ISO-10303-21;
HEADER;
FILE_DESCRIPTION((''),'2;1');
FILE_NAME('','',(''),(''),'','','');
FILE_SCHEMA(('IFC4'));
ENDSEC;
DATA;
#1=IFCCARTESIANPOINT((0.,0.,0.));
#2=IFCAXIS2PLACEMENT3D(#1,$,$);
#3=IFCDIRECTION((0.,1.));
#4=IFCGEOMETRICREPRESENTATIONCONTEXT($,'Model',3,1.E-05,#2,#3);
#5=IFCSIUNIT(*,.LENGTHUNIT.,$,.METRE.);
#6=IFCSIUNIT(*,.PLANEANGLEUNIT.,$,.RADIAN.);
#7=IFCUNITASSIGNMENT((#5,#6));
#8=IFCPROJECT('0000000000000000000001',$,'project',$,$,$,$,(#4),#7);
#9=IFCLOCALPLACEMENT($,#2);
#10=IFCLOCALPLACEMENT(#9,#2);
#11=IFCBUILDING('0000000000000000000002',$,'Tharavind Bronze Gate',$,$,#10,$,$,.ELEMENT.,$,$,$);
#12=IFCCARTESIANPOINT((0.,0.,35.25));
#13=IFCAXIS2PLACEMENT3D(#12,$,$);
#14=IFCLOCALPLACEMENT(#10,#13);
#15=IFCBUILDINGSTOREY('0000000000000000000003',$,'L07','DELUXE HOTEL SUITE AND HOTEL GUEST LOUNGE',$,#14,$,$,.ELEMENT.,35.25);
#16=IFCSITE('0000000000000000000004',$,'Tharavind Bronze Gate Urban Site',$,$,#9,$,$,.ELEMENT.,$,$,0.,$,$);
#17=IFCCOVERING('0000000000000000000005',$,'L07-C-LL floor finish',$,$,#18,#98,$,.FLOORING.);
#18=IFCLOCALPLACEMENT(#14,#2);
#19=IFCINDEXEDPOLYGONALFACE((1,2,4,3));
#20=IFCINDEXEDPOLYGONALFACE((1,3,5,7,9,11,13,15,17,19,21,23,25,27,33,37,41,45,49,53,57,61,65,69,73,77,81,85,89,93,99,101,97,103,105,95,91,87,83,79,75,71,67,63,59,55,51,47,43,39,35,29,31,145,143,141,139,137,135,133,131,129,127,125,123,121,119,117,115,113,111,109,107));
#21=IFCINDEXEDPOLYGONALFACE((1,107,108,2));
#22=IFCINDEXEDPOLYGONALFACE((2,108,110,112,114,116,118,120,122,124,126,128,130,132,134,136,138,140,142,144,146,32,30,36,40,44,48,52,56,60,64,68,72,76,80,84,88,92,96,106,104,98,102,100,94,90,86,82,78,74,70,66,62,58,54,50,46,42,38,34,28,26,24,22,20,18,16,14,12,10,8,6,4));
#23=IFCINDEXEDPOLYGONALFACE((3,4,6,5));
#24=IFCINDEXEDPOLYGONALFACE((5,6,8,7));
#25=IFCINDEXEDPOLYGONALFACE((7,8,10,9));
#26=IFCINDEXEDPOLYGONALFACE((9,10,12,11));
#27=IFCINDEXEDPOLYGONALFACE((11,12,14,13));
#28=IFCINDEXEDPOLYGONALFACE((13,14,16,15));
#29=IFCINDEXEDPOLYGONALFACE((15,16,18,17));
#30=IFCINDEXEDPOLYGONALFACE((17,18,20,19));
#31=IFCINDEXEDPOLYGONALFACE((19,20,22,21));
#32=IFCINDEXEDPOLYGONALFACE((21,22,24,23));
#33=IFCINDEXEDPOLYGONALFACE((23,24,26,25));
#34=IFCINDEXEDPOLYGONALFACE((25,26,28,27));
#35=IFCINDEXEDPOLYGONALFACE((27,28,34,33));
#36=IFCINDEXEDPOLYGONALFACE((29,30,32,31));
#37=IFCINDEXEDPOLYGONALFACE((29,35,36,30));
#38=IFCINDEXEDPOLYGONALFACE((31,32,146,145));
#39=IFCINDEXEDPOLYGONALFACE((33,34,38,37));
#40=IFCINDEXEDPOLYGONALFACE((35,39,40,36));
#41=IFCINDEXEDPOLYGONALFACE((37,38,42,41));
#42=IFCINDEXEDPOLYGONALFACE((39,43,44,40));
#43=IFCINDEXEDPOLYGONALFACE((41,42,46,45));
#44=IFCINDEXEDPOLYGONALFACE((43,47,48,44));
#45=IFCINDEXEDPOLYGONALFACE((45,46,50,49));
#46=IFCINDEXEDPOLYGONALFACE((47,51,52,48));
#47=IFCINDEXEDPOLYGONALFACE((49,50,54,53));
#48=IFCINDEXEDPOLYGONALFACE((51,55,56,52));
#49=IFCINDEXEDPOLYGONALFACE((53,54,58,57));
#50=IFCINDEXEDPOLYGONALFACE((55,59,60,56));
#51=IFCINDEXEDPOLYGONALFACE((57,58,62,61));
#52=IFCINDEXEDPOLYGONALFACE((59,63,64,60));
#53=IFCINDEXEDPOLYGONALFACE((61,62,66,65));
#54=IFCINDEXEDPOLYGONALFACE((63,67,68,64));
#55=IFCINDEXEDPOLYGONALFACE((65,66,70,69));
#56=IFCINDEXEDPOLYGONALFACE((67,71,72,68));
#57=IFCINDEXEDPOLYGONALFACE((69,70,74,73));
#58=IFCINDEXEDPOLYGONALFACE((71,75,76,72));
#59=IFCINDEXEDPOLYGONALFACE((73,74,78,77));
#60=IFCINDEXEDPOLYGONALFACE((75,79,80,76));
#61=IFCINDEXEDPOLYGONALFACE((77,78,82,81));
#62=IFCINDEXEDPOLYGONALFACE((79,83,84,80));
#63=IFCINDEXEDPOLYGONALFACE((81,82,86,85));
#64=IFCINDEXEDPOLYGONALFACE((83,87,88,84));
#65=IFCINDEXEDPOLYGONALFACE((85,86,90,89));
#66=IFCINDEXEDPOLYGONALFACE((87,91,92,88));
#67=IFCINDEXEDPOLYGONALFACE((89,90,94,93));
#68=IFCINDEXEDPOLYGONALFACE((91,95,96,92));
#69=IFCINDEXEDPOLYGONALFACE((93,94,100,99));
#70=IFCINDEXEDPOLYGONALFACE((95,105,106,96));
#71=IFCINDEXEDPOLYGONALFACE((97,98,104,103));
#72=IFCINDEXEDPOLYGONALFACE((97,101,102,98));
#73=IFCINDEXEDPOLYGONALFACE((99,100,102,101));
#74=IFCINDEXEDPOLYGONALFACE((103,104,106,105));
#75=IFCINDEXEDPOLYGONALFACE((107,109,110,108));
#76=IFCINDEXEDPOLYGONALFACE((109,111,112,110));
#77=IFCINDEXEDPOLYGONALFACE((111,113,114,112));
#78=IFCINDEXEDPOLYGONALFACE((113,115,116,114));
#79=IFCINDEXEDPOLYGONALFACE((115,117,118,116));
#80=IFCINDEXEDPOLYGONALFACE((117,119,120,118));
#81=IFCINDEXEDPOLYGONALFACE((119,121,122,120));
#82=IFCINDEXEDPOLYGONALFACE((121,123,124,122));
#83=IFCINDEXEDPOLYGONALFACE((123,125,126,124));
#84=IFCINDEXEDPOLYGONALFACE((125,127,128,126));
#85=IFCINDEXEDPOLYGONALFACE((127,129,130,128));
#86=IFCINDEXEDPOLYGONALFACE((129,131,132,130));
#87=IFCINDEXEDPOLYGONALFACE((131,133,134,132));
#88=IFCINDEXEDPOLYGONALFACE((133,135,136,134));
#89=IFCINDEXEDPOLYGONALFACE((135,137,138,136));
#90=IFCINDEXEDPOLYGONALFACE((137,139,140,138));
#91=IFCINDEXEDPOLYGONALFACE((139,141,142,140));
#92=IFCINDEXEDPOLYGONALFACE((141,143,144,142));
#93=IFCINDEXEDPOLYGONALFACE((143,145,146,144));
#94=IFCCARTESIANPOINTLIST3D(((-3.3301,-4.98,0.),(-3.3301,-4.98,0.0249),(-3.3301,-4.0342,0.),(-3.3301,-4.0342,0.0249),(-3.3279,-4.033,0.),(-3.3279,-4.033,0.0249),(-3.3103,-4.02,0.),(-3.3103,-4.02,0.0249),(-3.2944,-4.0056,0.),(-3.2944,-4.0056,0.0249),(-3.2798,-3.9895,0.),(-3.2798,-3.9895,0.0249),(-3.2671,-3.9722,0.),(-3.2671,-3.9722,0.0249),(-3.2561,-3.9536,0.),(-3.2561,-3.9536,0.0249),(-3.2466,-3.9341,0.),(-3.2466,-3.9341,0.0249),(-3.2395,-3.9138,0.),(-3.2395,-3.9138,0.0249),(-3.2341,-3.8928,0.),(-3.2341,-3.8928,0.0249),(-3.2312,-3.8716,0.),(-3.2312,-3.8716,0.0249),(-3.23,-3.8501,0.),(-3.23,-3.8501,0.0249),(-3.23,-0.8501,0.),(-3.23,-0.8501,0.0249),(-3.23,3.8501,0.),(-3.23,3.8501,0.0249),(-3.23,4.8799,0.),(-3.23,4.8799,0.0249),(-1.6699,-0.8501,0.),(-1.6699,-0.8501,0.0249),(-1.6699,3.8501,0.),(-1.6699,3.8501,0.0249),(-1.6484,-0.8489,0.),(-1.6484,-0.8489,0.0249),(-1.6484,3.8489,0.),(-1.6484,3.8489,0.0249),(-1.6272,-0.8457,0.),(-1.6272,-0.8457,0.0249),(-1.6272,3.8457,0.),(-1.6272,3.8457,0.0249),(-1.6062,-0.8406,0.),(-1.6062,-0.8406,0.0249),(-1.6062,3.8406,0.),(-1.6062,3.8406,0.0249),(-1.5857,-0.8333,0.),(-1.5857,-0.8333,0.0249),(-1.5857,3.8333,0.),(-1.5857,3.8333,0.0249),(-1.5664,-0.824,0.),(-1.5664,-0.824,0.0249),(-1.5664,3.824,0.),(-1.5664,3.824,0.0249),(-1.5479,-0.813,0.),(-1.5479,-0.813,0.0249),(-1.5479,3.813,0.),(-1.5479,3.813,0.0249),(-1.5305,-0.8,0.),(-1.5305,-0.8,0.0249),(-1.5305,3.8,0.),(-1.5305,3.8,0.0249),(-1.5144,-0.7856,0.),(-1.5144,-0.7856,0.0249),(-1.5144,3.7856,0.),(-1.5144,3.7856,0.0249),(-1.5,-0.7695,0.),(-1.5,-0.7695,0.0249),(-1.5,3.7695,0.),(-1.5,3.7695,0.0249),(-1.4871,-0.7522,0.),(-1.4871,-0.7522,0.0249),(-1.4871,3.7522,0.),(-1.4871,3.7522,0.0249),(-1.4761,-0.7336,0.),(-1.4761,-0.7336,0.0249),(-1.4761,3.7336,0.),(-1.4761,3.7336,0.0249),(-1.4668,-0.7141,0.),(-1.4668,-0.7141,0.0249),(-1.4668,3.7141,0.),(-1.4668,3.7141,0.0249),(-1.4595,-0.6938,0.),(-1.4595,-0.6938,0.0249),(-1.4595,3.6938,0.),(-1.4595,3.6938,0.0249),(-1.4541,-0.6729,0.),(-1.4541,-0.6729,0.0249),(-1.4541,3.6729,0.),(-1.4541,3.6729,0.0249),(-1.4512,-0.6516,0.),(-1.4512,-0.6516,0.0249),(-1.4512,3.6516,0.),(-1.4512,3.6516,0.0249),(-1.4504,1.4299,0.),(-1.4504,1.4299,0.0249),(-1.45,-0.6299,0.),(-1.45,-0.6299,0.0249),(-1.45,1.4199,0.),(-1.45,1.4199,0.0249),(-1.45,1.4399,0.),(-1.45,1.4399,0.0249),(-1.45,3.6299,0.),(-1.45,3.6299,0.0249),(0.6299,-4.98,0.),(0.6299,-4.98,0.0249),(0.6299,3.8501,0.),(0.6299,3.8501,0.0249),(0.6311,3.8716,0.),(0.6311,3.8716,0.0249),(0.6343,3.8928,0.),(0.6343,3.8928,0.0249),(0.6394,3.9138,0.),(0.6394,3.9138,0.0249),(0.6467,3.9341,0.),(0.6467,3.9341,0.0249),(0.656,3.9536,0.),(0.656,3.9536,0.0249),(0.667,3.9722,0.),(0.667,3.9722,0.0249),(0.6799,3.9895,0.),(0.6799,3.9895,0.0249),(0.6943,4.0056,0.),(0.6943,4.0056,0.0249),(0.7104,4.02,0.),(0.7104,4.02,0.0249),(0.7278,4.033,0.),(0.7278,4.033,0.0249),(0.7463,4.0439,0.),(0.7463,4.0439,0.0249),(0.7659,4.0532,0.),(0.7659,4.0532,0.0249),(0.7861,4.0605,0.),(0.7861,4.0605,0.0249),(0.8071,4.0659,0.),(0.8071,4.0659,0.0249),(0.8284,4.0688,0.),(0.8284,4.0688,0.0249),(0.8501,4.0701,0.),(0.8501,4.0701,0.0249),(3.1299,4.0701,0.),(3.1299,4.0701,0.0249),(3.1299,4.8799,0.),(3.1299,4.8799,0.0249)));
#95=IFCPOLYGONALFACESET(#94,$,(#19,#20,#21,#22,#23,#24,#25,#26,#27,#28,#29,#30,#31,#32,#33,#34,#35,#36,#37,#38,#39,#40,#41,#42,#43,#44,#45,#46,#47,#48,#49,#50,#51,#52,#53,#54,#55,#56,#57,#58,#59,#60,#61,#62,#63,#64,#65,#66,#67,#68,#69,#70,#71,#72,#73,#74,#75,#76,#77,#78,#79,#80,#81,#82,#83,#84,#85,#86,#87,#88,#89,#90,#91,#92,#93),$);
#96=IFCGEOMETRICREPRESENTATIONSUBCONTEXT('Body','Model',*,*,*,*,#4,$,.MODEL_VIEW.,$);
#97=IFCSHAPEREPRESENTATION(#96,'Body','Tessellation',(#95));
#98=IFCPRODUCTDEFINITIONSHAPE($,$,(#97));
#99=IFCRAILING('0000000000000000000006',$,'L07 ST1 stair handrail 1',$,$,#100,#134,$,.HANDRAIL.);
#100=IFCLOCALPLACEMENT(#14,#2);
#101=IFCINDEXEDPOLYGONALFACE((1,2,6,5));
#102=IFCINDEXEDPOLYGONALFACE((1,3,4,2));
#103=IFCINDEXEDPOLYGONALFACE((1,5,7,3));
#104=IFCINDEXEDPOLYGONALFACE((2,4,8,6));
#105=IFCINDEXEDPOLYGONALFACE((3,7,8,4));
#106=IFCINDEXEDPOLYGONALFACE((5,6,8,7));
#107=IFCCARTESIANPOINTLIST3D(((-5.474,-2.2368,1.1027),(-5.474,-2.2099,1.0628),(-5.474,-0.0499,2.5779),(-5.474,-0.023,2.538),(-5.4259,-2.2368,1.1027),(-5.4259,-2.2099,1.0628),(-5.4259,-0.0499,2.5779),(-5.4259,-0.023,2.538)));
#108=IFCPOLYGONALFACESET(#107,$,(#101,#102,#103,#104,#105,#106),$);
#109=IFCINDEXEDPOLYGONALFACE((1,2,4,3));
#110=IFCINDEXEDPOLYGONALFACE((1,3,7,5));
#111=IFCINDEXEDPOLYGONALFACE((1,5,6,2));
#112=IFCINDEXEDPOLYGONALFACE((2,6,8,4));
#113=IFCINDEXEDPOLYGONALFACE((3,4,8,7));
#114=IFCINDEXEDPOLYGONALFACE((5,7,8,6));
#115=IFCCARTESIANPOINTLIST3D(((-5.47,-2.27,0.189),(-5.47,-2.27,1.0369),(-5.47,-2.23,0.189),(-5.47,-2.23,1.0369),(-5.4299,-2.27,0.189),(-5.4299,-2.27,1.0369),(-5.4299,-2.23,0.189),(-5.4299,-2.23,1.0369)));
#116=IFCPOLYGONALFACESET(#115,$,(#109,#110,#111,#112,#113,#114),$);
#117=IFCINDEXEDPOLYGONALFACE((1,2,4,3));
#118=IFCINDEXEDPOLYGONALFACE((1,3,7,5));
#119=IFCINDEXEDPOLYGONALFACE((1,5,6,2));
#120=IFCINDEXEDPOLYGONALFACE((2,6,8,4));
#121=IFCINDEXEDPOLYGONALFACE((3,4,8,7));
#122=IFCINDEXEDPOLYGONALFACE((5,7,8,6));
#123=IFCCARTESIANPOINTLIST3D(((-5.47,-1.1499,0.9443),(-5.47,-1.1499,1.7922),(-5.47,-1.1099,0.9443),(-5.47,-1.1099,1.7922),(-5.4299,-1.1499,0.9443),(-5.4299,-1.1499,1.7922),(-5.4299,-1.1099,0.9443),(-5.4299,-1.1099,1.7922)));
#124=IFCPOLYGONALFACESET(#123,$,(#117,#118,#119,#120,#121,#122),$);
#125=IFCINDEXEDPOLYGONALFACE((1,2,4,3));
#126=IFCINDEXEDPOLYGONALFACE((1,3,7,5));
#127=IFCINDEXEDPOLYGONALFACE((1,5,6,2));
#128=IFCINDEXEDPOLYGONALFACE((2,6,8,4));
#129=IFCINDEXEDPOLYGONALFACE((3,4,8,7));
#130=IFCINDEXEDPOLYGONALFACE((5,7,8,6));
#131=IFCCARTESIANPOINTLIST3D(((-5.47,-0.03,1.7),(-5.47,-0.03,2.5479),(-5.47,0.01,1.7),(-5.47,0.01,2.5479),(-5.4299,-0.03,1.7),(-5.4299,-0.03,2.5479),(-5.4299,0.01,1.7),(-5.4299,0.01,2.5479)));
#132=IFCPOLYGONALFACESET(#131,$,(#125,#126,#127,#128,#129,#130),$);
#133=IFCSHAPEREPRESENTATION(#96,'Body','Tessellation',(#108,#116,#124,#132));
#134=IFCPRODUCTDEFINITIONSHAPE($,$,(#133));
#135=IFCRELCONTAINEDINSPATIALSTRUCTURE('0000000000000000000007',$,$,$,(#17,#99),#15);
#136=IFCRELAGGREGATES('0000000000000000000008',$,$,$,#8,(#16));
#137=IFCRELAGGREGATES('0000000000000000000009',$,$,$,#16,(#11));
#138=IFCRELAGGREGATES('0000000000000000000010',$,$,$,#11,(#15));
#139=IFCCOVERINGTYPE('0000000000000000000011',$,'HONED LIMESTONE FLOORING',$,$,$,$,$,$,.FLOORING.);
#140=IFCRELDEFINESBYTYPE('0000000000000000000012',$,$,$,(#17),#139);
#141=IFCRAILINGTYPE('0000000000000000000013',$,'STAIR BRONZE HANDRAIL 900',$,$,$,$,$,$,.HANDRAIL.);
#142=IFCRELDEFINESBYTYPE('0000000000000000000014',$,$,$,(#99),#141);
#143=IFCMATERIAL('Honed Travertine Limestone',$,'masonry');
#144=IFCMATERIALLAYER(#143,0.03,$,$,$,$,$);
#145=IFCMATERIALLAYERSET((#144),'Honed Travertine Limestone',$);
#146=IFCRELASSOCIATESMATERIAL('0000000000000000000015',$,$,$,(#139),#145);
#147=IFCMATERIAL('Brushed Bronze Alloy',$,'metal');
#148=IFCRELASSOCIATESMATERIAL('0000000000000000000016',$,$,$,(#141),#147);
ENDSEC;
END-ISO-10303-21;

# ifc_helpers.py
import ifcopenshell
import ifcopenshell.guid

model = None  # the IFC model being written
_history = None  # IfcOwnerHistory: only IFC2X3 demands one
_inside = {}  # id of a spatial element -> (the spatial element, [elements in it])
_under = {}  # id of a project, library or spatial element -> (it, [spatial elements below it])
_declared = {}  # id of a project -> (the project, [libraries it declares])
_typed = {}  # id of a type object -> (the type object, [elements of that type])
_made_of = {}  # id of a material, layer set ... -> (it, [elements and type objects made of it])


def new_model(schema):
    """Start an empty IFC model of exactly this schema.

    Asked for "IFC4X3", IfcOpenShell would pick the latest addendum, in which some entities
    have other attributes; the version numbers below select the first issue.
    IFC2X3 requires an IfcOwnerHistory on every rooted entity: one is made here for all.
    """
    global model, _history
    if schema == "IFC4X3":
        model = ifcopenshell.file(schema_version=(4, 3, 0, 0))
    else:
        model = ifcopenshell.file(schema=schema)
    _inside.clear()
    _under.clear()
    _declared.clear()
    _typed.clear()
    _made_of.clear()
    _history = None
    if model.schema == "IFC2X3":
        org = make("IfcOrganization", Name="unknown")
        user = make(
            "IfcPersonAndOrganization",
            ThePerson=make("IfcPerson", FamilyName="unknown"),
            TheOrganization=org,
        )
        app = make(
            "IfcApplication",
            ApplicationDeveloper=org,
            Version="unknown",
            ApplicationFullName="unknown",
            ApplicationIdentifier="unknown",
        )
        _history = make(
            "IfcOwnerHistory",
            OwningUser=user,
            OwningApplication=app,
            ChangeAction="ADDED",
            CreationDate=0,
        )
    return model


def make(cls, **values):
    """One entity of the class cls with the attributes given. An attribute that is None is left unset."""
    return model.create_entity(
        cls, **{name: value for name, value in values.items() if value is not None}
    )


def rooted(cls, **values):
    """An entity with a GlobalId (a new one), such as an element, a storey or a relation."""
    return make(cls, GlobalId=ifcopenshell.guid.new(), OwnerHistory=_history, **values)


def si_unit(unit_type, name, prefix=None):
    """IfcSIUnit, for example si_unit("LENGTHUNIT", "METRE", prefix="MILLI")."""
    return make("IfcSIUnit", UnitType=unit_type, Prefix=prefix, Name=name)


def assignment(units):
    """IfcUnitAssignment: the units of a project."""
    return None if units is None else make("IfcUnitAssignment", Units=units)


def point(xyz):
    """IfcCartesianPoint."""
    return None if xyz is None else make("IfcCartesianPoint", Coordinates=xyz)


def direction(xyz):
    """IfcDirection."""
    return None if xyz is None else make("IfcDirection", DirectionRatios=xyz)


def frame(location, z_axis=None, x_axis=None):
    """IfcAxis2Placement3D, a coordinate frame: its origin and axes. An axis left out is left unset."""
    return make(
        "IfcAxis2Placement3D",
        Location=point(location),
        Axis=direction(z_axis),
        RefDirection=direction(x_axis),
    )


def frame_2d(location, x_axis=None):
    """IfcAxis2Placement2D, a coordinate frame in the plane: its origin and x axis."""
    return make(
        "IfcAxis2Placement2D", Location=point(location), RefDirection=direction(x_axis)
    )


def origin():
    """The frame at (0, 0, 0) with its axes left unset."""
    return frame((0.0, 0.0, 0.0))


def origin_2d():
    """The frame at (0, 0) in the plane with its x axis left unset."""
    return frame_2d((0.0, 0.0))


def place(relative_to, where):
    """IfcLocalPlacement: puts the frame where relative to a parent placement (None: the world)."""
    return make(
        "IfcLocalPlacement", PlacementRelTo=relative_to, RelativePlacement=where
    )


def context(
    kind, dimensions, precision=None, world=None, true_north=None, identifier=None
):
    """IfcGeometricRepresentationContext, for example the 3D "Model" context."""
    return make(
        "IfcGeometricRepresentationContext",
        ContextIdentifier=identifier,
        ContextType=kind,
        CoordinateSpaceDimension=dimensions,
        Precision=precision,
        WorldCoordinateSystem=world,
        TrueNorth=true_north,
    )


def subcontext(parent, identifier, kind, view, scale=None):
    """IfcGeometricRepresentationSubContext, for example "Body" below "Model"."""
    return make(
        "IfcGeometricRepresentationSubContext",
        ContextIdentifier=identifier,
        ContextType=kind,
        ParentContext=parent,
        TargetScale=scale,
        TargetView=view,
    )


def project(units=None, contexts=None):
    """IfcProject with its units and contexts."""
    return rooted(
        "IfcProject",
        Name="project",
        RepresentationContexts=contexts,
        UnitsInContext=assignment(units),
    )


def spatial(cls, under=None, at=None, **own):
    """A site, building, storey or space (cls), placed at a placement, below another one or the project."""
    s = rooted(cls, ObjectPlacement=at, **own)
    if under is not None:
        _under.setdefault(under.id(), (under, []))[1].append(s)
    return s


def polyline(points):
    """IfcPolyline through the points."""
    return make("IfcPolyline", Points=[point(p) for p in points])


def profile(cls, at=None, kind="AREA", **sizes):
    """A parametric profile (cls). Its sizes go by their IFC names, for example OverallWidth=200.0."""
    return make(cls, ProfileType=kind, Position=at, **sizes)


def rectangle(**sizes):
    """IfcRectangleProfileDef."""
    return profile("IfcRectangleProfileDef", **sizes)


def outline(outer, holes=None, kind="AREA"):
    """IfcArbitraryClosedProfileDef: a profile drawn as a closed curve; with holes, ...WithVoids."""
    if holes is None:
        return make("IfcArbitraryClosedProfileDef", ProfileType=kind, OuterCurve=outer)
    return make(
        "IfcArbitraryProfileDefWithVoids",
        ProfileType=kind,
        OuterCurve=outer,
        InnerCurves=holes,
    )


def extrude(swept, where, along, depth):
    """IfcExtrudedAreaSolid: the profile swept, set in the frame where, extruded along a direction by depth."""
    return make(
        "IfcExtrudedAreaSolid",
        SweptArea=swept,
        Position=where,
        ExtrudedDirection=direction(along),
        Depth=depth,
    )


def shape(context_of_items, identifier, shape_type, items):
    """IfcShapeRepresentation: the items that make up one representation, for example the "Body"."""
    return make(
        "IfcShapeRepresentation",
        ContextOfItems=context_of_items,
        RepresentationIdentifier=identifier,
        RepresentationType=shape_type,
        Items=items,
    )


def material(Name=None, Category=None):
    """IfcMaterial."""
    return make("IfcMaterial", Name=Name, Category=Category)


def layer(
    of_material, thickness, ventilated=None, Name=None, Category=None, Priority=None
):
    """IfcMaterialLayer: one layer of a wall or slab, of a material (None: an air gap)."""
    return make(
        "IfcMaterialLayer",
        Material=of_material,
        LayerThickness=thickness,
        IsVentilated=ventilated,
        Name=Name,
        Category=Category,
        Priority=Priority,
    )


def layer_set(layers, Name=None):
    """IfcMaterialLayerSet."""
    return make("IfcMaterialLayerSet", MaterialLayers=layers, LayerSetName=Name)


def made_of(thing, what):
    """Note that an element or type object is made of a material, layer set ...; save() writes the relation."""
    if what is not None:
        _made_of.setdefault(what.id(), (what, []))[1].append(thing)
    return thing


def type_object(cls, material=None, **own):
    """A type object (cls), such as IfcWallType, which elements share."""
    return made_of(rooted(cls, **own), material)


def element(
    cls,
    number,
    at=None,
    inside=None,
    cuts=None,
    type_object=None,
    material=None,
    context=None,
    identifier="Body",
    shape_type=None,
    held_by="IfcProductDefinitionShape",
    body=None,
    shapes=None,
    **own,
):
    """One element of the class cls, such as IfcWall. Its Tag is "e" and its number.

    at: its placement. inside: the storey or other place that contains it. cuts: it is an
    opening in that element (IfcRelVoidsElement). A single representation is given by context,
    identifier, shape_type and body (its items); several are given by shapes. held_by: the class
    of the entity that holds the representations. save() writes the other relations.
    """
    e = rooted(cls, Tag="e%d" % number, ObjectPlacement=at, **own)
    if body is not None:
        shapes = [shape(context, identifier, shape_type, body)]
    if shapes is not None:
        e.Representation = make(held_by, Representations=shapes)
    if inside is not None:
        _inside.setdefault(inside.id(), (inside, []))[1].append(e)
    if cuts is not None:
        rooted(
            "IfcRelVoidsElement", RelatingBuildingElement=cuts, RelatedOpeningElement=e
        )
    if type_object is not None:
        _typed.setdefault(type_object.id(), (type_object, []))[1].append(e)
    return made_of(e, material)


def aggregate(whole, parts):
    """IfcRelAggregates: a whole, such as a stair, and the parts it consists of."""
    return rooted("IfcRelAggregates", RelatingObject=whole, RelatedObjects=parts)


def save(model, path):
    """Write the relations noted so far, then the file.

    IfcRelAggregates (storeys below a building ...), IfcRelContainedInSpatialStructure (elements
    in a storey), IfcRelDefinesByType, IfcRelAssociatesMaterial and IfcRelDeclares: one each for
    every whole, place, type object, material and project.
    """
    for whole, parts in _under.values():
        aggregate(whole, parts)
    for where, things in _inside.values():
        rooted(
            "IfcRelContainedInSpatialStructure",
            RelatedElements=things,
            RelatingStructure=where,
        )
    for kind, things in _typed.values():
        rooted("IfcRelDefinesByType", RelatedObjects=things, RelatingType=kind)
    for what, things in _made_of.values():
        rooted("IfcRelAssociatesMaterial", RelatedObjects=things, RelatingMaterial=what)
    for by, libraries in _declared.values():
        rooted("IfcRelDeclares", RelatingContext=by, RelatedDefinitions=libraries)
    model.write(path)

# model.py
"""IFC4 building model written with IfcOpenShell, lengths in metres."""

from ifc_helpers import new_model, si_unit, direction, frame, origin, origin_2d, place, context, subcontext, project, spatial, polyline, rectangle, outline, extrude, material, layer, layer_set, type_object, element, save


model = new_model("IFC4")

# Units and contexts
model_context = context("Model", 3, precision=1e-05, world=origin(), true_north=direction((0.0, 1.0)))
body_context = subcontext(model_context, "Body", "Model", "MODEL_VIEW")
ifc_project = project(units=[si_unit("LENGTHUNIT", "METRE"), si_unit("PLANEANGLEUNIT", "RADIAN")], contexts=[model_context])

# Site, building, storey
site_placement = place(None, origin())
site = spatial("IfcSite", under=ifc_project, at=site_placement, Name="Tharavind Bronze Gate Urban Site", CompositionType="ELEMENT", RefElevation=0.0)
building_placement = place(site_placement, origin())
building = spatial("IfcBuilding", under=site, at=building_placement, Name="Tharavind Bronze Gate", CompositionType="ELEMENT")
storey_placement = place(building_placement, frame((0.0, 0.0, 35.25)))
storey = spatial("IfcBuildingStorey", under=building, at=storey_placement, Name="L07", Description="DELUXE HOTEL SUITE AND HOTEL GUEST LOUNGE", CompositionType="ELEMENT", Elevation=35.25)

# Covering
ifc_material_1 = material(Name="Honed Travertine Limestone", Category="masonry")
ifc_layer_1 = layer(ifc_material_1, 0.03)
ifc_layer_set_1 = layer_set([ifc_layer_1], Name="Honed Travertine Limestone")
covering_type_1 = type_object("IfcCoveringType", Name="HONED LIMESTONE FLOORING", PredefinedType="FLOORING", material=ifc_layer_set_1)
covering_1_placement = place(storey_placement, origin())
element("IfcCovering", 1, at=covering_1_placement, inside=storey, type_object=covering_type_1, Name="L07-C-LL floor finish", PredefinedType="FLOORING", context=body_context, shape_type="SweptSolid", body=[
    extrude(outline(polyline([(-3.3301, -4.98), (0.6299, -4.98), (0.6299, 3.8501), (0.6311, 3.8716), (0.6343, 3.8928), (0.6394, 3.9138), (0.6467, 3.9341), (0.656, 3.9536), (0.667, 3.9722), (0.6799, 3.9895), (0.6943, 4.0056), (0.7104, 4.02), (0.7278, 4.033), (0.7463, 4.0439), (0.7659, 4.0532), (0.7861, 4.0605), (0.8071, 4.0659), (0.8284, 4.0688), (0.8501, 4.0701), (3.1299, 4.0701), (3.1299, 4.8799), (-3.23, 4.8799), (-3.23, 3.8501), (-1.6699, 3.8501), (-1.6484, 3.8489), (-1.6272, 3.8457), (-1.6062, 3.8406), (-1.5857, 3.8333), (-1.5664, 3.824), (-1.5479, 3.813), (-1.5305, 3.8), (-1.5144, 3.7856), (-1.5, 3.7695), (-1.4871, 3.7522), (-1.4761, 3.7336), (-1.4668, 3.7141), (-1.4595, 3.6938), (-1.4541, 3.6729), (-1.4512, 3.6516), (-1.45, 3.6299), (-1.45, 1.4399), (-1.4504, 1.4299), (-1.45, 1.4199), (-1.45, -0.6299), (-1.4512, -0.6516), (-1.4541, -0.6729), (-1.4595, -0.6938), (-1.4668, -0.7141), (-1.4761, -0.7336), (-1.4871, -0.7522), (-1.5, -0.7695), (-1.5144, -0.7856), (-1.5305, -0.8), (-1.5479, -0.813), (-1.5664, -0.824), (-1.5857, -0.8333), (-1.6062, -0.8406), (-1.6272, -0.8457), (-1.6484, -0.8489), (-1.6699, -0.8501), (-3.23, -0.8501), (-3.23, -3.8501), (-3.2312, -3.8716), (-3.2341, -3.8928), (-3.2395, -3.9138), (-3.2466, -3.9341), (-3.2561, -3.9536), (-3.2671, -3.9722), (-3.2798, -3.9895), (-3.2944, -4.0056), (-3.3103, -4.02), (-3.3279, -4.033), (-3.3301, -4.0342), (-3.3301, -4.98)])), origin(), (0.0, 0.0, 1.0), 0.0249),
])

# Railing
ifc_material_2 = material(Name="Brushed Bronze Alloy", Category="metal")
railing_type = type_object("IfcRailingType", Name="STAIR BRONZE HANDRAIL 900", PredefinedType="HANDRAIL", material=ifc_material_2)
railing_placement = place(storey_placement, frame((-5.45, -2.25, 0.189)))
element("IfcRailing", 2, at=railing_placement, inside=storey, type_object=railing_type, Name="L07 ST1 stair handrail 1", PredefinedType="HANDRAIL", context=body_context, shape_type="SweptSolid", body=[
    extrude(rectangle(XDim=0.0481, YDim=0.0481, at=origin_2d()), frame((0.0, 0.0266, 0.8938), z_axis=(0.0, 0.829021, 0.559217), x_axis=(-1.0, 0.0, 0.0)), (0.0, 0.0, 1.0), 2.6379),
    extrude(rectangle(XDim=0.04, YDim=0.04, at=origin_2d()), origin(), (0.0, 0.0, 1.0), 0.8479),
    extrude(rectangle(XDim=0.04, YDim=0.04, at=origin_2d()), frame((0.0, 1.1201, 0.7554)), (0.0, 0.0, 1.0), 0.8479),
    extrude(rectangle(XDim=0.04, YDim=0.04, at=origin_2d()), frame((0.0, 2.24, 1.511)), (0.0, 0.0, 1.0), 0.8479),
])

save(model, "model.ifc")
